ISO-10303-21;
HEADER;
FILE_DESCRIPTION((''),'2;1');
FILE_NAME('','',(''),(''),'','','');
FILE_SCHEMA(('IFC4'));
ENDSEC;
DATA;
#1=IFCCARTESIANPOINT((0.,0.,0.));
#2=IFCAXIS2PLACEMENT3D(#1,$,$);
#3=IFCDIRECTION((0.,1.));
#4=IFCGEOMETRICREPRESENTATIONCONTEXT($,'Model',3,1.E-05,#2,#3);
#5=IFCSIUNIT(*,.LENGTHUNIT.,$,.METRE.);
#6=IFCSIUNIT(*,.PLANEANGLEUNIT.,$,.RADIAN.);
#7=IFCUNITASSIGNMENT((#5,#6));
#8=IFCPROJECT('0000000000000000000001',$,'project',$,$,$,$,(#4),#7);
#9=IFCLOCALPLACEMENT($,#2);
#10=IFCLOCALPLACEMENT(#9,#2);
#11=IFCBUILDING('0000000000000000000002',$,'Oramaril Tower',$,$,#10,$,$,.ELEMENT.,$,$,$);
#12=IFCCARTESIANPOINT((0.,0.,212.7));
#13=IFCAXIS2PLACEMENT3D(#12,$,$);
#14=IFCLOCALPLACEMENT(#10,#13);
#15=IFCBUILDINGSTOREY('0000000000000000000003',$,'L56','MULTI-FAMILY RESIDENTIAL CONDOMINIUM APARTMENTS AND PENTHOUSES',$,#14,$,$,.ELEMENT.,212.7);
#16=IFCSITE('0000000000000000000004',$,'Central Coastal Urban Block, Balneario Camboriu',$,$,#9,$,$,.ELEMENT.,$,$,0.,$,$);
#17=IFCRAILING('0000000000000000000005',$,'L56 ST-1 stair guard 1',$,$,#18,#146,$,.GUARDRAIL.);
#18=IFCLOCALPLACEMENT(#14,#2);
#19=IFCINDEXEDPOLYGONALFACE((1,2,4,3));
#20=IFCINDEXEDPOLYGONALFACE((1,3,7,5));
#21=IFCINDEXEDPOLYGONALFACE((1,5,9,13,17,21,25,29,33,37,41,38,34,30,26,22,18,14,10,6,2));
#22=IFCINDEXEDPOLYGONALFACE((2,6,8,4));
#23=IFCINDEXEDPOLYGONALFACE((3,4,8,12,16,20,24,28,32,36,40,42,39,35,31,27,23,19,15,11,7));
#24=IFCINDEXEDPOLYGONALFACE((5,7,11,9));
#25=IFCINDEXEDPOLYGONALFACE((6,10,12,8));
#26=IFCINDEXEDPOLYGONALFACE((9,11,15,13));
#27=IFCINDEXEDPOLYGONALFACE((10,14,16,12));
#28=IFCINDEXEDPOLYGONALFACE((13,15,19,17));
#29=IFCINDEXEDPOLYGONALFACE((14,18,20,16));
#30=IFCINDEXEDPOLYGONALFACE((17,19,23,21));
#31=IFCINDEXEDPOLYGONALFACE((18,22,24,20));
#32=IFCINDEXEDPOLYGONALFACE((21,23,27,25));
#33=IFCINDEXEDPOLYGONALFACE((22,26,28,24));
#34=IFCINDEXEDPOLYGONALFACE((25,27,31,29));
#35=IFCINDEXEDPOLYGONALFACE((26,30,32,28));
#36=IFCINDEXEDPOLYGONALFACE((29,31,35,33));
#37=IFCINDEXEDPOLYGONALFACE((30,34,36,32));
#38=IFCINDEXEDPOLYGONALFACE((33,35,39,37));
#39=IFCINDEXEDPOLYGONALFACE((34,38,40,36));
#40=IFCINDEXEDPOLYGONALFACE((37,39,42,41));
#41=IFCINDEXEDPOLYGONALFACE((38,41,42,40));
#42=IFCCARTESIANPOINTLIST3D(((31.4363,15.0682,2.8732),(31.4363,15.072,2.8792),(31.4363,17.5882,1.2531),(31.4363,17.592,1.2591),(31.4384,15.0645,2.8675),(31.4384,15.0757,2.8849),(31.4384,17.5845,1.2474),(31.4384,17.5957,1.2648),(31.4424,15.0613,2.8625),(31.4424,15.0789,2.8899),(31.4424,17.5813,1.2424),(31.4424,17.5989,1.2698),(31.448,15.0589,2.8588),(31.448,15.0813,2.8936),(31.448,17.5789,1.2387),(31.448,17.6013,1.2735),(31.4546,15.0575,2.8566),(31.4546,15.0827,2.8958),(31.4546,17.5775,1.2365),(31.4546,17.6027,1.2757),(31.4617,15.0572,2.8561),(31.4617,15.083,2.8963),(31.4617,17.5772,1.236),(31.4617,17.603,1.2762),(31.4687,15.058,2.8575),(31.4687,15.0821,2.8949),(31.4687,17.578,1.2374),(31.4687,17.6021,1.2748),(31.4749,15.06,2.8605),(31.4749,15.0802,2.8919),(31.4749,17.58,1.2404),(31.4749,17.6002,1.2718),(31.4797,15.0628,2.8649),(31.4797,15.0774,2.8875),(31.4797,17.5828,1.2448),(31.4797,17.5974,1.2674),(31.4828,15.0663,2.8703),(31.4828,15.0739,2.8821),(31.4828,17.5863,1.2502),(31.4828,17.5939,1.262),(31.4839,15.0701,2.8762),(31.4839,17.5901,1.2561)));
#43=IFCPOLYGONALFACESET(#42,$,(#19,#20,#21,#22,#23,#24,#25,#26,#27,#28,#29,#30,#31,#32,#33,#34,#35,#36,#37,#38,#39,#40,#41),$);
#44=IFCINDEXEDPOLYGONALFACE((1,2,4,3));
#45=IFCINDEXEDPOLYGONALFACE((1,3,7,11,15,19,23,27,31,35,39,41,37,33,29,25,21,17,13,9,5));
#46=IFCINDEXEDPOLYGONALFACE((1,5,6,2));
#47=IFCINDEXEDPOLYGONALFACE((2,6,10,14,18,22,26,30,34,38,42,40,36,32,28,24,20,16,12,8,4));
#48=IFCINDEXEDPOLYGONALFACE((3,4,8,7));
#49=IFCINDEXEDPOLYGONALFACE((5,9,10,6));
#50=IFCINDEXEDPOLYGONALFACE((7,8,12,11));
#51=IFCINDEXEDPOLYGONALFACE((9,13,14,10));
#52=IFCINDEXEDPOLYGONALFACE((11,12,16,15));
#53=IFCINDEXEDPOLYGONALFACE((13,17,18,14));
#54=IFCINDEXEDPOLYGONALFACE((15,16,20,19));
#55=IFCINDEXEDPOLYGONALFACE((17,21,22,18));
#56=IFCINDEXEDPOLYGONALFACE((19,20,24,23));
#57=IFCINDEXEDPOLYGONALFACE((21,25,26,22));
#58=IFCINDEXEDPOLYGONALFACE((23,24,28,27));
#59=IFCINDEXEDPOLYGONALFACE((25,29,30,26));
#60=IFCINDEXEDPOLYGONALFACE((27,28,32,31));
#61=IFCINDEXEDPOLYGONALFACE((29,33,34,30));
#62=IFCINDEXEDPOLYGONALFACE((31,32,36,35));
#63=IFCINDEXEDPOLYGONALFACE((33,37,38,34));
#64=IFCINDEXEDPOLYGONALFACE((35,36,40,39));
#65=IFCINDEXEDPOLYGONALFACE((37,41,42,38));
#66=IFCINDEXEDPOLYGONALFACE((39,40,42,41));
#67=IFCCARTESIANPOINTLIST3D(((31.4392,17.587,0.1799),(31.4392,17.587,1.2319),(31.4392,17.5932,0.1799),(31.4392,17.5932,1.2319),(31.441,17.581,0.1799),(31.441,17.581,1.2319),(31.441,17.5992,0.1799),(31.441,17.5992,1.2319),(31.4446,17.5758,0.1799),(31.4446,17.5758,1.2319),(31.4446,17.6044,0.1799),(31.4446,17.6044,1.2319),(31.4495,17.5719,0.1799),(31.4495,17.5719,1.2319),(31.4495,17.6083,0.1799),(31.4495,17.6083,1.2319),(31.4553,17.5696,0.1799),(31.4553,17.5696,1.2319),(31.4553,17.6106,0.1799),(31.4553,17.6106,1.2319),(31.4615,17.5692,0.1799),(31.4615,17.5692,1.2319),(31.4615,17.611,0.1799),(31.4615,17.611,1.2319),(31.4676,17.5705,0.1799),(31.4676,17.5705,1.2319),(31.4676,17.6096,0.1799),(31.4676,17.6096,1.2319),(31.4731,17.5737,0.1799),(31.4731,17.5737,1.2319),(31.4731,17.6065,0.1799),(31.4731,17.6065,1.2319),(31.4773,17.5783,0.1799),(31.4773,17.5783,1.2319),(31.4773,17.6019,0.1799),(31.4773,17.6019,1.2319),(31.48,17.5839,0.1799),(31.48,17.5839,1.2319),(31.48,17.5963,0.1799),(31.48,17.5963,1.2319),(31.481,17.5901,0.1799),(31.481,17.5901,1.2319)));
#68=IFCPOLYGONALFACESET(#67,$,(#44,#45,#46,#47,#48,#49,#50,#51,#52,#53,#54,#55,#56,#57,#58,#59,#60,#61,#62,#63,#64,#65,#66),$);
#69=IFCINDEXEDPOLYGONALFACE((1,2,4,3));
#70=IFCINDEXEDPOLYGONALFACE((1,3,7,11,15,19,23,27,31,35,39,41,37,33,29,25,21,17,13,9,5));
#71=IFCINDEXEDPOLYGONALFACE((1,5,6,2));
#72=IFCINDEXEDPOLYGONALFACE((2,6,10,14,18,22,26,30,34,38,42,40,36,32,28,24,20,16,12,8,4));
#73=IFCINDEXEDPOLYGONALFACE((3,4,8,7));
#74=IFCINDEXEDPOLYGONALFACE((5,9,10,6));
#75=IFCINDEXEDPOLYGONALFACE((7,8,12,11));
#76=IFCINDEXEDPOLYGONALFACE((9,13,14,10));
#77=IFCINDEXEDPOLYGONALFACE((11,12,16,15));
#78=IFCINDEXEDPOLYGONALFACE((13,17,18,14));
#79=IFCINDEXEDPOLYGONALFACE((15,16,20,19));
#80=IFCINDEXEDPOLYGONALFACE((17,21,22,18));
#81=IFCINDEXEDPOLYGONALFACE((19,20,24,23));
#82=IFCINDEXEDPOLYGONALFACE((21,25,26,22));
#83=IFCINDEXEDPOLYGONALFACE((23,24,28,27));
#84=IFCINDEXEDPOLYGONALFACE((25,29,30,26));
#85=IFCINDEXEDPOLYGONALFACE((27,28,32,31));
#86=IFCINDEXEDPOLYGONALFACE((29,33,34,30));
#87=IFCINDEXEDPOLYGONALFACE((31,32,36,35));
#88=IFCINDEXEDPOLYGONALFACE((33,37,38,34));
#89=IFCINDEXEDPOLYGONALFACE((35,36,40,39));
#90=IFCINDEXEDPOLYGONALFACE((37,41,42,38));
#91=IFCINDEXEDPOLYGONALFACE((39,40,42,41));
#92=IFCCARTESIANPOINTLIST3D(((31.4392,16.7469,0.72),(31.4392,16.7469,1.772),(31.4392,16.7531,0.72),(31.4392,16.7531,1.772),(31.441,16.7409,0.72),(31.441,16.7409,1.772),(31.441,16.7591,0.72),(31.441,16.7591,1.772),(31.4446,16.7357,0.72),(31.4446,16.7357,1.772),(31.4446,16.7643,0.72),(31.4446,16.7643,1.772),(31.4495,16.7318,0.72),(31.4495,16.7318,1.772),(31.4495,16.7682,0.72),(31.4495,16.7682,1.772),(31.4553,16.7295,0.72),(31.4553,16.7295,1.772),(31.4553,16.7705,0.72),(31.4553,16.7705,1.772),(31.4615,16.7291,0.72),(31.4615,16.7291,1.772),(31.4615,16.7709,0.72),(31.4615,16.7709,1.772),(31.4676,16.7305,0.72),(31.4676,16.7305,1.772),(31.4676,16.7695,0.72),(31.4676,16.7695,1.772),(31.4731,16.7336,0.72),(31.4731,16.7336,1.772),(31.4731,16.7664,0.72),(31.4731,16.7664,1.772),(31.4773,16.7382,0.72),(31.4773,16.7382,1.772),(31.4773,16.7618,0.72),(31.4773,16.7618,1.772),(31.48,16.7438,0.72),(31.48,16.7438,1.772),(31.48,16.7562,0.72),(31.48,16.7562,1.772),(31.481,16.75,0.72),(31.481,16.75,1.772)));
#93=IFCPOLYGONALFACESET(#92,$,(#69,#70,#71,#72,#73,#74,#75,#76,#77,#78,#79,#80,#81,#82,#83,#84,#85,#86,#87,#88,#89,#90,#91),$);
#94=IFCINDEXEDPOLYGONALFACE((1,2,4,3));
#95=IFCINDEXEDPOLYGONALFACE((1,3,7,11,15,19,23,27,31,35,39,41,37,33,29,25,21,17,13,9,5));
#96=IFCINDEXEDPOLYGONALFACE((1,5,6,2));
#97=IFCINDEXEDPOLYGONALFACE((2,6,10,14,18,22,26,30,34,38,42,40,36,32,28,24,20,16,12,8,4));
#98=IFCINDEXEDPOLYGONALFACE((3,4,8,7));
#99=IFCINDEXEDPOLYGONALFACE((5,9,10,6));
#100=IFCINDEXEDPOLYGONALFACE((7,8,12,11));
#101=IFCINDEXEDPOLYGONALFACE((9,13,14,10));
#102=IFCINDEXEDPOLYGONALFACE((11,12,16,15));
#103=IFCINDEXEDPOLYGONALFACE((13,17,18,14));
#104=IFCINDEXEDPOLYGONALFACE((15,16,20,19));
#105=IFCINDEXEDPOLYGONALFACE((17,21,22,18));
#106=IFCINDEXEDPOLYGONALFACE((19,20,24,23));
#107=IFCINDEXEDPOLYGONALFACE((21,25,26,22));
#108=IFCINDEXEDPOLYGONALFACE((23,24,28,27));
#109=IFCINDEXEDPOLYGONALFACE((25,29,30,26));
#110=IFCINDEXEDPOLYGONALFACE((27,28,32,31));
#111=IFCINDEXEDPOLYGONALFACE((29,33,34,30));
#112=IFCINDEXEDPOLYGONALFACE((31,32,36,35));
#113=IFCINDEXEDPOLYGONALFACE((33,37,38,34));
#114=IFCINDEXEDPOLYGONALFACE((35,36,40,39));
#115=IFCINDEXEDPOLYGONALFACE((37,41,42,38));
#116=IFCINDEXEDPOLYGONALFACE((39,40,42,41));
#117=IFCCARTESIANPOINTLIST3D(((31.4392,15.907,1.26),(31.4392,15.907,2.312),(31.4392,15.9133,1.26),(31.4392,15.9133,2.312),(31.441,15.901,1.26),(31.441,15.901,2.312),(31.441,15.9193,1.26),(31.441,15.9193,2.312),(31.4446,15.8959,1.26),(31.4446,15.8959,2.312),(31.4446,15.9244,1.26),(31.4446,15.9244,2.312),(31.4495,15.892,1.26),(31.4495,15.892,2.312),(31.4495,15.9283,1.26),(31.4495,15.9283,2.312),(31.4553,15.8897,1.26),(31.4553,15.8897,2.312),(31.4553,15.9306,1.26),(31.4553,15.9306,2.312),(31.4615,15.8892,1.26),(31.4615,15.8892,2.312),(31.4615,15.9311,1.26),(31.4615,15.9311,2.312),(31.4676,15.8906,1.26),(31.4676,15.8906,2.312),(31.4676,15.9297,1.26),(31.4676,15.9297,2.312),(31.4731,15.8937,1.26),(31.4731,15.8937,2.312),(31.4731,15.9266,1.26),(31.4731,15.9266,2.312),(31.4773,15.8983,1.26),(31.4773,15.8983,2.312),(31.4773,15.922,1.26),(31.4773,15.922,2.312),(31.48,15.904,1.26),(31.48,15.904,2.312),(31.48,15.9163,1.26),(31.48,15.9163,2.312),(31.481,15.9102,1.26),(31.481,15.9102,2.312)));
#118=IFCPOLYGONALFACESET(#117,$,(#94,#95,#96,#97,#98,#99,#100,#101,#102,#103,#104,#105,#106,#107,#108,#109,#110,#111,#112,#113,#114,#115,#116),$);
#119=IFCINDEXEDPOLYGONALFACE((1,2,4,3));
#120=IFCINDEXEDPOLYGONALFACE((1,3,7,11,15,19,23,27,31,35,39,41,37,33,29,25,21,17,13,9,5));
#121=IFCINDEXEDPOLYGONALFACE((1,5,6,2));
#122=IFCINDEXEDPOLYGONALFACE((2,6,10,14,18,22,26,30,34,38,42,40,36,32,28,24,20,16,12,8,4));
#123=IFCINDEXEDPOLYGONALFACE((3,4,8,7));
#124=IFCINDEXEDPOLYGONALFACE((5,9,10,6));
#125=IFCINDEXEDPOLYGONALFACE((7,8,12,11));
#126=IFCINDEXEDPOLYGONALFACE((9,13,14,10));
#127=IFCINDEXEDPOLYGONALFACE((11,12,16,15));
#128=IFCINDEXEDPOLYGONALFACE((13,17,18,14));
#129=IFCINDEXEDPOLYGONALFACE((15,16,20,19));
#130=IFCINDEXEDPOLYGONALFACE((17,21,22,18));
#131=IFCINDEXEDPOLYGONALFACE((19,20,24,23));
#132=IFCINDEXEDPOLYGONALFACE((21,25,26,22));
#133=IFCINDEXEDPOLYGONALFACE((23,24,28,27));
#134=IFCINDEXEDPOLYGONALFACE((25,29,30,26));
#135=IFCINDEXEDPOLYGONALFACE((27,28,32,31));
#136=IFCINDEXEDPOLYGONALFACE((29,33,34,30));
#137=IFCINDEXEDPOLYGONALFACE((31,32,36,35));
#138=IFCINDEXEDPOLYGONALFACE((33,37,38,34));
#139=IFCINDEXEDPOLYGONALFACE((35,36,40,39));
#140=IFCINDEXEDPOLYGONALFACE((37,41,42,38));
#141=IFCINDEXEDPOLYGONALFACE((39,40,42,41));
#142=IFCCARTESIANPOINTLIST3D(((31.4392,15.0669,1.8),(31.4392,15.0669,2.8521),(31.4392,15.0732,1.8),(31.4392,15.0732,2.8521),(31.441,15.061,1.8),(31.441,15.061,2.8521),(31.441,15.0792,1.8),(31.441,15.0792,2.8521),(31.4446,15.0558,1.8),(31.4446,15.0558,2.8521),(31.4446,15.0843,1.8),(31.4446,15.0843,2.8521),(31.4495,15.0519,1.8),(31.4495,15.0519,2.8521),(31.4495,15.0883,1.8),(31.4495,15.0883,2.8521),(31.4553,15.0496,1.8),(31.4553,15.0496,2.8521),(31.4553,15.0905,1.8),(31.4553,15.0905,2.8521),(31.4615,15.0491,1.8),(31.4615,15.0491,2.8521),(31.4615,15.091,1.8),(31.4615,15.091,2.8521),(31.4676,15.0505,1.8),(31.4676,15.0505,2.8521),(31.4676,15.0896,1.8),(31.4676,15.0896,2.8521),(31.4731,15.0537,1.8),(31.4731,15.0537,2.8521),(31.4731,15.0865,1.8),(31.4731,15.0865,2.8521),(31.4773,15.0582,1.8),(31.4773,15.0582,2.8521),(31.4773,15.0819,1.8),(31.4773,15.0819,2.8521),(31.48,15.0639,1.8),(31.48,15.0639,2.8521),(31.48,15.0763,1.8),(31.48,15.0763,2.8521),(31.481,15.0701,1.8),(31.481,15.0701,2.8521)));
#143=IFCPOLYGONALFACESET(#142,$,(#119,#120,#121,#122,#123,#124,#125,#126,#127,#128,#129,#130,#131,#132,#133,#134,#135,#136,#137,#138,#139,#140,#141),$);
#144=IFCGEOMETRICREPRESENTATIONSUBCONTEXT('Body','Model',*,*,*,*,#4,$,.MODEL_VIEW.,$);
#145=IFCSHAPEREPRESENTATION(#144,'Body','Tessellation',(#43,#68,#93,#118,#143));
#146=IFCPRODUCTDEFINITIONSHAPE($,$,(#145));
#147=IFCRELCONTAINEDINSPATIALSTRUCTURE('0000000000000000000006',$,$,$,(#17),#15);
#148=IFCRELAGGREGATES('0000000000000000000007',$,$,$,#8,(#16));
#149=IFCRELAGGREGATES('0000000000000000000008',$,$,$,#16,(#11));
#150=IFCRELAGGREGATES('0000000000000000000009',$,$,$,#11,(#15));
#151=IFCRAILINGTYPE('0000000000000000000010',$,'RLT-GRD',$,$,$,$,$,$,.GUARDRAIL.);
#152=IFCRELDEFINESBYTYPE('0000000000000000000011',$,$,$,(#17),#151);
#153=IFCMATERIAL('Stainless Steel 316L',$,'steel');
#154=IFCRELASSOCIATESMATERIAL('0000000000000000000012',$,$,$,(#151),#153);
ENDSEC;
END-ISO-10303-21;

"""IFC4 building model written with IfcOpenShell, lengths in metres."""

from ifc_helpers import new_model, si_unit, direction, frame, origin, origin_2d, place, context, subcontext, project, spatial, circle, extrude, material, type_object, element, save


model = new_model("IFC4")

# Units and contexts
model_context = context("Model", 3, precision=1e-05, world=origin(), true_north=direction((0.0, 1.0)))
body_context = subcontext(model_context, "Body", "Model", "MODEL_VIEW")
ifc_project = project(units=[si_unit("LENGTHUNIT", "METRE"), si_unit("PLANEANGLEUNIT", "RADIAN")], contexts=[model_context])

# Site, building, storey
site_placement = place(None, origin())
site = spatial("IfcSite", under=ifc_project, at=site_placement, Name="Central Coastal Urban Block, Balneario Camboriu", CompositionType="ELEMENT", RefElevation=0.0)
building_placement = place(site_placement, origin())
building = spatial("IfcBuilding", under=site, at=building_placement, Name="Oramaril Tower", CompositionType="ELEMENT")
storey_placement = place(building_placement, frame((0.0, 0.0, 212.7)))
storey = spatial("IfcBuildingStorey", under=building, at=storey_placement, Name="L56", Description="MULTI-FAMILY RESIDENTIAL CONDOMINIUM APARTMENTS AND PENTHOUSES", CompositionType="ELEMENT", Elevation=212.7)

# Railing
ifc_material_1 = material(Name="Stainless Steel 316L", Category="steel")
railing_type_1 = type_object("IfcRailingType", Name="RLT-GRD", PredefinedType="GUARDRAIL", material=ifc_material_1)
railing_1_placement = place(storey_placement, frame((31.46, 17.5901, 0.1799)))
element("IfcRailing", 1, at=railing_1_placement, inside=storey, type_object=railing_type_1, Name="L56 ST-1 stair guard 1", PredefinedType="GUARDRAIL", context=body_context, shape_type="SweptSolid", body=[
    extrude(circle(Radius=0.0239, at=origin_2d()), frame((0.0, 0.0, 1.0762), z_axis=(0.0, -0.841163, 0.540782), x_axis=(1.0, 0.0, 0.0)), (0.0, 0.0, 1.0), 2.9958),
    extrude(circle(Radius=0.021, at=origin_2d()), origin(), (0.0, 0.0, 1.0), 1.052),
    extrude(circle(Radius=0.021, at=origin_2d()), frame((0.0, -0.8401, 0.54)), (0.0, 0.0, 1.0), 1.052),
    extrude(circle(Radius=0.021, at=origin_2d()), frame((0.0, -1.6799, 1.0801)), (0.0, 0.0, 1.0), 1.052),
    extrude(circle(Radius=0.021, at=origin_2d()), frame((0.0, -2.52, 1.6201)), (0.0, 0.0, 1.0), 1.052),
])

save(model, "model.ifc")
